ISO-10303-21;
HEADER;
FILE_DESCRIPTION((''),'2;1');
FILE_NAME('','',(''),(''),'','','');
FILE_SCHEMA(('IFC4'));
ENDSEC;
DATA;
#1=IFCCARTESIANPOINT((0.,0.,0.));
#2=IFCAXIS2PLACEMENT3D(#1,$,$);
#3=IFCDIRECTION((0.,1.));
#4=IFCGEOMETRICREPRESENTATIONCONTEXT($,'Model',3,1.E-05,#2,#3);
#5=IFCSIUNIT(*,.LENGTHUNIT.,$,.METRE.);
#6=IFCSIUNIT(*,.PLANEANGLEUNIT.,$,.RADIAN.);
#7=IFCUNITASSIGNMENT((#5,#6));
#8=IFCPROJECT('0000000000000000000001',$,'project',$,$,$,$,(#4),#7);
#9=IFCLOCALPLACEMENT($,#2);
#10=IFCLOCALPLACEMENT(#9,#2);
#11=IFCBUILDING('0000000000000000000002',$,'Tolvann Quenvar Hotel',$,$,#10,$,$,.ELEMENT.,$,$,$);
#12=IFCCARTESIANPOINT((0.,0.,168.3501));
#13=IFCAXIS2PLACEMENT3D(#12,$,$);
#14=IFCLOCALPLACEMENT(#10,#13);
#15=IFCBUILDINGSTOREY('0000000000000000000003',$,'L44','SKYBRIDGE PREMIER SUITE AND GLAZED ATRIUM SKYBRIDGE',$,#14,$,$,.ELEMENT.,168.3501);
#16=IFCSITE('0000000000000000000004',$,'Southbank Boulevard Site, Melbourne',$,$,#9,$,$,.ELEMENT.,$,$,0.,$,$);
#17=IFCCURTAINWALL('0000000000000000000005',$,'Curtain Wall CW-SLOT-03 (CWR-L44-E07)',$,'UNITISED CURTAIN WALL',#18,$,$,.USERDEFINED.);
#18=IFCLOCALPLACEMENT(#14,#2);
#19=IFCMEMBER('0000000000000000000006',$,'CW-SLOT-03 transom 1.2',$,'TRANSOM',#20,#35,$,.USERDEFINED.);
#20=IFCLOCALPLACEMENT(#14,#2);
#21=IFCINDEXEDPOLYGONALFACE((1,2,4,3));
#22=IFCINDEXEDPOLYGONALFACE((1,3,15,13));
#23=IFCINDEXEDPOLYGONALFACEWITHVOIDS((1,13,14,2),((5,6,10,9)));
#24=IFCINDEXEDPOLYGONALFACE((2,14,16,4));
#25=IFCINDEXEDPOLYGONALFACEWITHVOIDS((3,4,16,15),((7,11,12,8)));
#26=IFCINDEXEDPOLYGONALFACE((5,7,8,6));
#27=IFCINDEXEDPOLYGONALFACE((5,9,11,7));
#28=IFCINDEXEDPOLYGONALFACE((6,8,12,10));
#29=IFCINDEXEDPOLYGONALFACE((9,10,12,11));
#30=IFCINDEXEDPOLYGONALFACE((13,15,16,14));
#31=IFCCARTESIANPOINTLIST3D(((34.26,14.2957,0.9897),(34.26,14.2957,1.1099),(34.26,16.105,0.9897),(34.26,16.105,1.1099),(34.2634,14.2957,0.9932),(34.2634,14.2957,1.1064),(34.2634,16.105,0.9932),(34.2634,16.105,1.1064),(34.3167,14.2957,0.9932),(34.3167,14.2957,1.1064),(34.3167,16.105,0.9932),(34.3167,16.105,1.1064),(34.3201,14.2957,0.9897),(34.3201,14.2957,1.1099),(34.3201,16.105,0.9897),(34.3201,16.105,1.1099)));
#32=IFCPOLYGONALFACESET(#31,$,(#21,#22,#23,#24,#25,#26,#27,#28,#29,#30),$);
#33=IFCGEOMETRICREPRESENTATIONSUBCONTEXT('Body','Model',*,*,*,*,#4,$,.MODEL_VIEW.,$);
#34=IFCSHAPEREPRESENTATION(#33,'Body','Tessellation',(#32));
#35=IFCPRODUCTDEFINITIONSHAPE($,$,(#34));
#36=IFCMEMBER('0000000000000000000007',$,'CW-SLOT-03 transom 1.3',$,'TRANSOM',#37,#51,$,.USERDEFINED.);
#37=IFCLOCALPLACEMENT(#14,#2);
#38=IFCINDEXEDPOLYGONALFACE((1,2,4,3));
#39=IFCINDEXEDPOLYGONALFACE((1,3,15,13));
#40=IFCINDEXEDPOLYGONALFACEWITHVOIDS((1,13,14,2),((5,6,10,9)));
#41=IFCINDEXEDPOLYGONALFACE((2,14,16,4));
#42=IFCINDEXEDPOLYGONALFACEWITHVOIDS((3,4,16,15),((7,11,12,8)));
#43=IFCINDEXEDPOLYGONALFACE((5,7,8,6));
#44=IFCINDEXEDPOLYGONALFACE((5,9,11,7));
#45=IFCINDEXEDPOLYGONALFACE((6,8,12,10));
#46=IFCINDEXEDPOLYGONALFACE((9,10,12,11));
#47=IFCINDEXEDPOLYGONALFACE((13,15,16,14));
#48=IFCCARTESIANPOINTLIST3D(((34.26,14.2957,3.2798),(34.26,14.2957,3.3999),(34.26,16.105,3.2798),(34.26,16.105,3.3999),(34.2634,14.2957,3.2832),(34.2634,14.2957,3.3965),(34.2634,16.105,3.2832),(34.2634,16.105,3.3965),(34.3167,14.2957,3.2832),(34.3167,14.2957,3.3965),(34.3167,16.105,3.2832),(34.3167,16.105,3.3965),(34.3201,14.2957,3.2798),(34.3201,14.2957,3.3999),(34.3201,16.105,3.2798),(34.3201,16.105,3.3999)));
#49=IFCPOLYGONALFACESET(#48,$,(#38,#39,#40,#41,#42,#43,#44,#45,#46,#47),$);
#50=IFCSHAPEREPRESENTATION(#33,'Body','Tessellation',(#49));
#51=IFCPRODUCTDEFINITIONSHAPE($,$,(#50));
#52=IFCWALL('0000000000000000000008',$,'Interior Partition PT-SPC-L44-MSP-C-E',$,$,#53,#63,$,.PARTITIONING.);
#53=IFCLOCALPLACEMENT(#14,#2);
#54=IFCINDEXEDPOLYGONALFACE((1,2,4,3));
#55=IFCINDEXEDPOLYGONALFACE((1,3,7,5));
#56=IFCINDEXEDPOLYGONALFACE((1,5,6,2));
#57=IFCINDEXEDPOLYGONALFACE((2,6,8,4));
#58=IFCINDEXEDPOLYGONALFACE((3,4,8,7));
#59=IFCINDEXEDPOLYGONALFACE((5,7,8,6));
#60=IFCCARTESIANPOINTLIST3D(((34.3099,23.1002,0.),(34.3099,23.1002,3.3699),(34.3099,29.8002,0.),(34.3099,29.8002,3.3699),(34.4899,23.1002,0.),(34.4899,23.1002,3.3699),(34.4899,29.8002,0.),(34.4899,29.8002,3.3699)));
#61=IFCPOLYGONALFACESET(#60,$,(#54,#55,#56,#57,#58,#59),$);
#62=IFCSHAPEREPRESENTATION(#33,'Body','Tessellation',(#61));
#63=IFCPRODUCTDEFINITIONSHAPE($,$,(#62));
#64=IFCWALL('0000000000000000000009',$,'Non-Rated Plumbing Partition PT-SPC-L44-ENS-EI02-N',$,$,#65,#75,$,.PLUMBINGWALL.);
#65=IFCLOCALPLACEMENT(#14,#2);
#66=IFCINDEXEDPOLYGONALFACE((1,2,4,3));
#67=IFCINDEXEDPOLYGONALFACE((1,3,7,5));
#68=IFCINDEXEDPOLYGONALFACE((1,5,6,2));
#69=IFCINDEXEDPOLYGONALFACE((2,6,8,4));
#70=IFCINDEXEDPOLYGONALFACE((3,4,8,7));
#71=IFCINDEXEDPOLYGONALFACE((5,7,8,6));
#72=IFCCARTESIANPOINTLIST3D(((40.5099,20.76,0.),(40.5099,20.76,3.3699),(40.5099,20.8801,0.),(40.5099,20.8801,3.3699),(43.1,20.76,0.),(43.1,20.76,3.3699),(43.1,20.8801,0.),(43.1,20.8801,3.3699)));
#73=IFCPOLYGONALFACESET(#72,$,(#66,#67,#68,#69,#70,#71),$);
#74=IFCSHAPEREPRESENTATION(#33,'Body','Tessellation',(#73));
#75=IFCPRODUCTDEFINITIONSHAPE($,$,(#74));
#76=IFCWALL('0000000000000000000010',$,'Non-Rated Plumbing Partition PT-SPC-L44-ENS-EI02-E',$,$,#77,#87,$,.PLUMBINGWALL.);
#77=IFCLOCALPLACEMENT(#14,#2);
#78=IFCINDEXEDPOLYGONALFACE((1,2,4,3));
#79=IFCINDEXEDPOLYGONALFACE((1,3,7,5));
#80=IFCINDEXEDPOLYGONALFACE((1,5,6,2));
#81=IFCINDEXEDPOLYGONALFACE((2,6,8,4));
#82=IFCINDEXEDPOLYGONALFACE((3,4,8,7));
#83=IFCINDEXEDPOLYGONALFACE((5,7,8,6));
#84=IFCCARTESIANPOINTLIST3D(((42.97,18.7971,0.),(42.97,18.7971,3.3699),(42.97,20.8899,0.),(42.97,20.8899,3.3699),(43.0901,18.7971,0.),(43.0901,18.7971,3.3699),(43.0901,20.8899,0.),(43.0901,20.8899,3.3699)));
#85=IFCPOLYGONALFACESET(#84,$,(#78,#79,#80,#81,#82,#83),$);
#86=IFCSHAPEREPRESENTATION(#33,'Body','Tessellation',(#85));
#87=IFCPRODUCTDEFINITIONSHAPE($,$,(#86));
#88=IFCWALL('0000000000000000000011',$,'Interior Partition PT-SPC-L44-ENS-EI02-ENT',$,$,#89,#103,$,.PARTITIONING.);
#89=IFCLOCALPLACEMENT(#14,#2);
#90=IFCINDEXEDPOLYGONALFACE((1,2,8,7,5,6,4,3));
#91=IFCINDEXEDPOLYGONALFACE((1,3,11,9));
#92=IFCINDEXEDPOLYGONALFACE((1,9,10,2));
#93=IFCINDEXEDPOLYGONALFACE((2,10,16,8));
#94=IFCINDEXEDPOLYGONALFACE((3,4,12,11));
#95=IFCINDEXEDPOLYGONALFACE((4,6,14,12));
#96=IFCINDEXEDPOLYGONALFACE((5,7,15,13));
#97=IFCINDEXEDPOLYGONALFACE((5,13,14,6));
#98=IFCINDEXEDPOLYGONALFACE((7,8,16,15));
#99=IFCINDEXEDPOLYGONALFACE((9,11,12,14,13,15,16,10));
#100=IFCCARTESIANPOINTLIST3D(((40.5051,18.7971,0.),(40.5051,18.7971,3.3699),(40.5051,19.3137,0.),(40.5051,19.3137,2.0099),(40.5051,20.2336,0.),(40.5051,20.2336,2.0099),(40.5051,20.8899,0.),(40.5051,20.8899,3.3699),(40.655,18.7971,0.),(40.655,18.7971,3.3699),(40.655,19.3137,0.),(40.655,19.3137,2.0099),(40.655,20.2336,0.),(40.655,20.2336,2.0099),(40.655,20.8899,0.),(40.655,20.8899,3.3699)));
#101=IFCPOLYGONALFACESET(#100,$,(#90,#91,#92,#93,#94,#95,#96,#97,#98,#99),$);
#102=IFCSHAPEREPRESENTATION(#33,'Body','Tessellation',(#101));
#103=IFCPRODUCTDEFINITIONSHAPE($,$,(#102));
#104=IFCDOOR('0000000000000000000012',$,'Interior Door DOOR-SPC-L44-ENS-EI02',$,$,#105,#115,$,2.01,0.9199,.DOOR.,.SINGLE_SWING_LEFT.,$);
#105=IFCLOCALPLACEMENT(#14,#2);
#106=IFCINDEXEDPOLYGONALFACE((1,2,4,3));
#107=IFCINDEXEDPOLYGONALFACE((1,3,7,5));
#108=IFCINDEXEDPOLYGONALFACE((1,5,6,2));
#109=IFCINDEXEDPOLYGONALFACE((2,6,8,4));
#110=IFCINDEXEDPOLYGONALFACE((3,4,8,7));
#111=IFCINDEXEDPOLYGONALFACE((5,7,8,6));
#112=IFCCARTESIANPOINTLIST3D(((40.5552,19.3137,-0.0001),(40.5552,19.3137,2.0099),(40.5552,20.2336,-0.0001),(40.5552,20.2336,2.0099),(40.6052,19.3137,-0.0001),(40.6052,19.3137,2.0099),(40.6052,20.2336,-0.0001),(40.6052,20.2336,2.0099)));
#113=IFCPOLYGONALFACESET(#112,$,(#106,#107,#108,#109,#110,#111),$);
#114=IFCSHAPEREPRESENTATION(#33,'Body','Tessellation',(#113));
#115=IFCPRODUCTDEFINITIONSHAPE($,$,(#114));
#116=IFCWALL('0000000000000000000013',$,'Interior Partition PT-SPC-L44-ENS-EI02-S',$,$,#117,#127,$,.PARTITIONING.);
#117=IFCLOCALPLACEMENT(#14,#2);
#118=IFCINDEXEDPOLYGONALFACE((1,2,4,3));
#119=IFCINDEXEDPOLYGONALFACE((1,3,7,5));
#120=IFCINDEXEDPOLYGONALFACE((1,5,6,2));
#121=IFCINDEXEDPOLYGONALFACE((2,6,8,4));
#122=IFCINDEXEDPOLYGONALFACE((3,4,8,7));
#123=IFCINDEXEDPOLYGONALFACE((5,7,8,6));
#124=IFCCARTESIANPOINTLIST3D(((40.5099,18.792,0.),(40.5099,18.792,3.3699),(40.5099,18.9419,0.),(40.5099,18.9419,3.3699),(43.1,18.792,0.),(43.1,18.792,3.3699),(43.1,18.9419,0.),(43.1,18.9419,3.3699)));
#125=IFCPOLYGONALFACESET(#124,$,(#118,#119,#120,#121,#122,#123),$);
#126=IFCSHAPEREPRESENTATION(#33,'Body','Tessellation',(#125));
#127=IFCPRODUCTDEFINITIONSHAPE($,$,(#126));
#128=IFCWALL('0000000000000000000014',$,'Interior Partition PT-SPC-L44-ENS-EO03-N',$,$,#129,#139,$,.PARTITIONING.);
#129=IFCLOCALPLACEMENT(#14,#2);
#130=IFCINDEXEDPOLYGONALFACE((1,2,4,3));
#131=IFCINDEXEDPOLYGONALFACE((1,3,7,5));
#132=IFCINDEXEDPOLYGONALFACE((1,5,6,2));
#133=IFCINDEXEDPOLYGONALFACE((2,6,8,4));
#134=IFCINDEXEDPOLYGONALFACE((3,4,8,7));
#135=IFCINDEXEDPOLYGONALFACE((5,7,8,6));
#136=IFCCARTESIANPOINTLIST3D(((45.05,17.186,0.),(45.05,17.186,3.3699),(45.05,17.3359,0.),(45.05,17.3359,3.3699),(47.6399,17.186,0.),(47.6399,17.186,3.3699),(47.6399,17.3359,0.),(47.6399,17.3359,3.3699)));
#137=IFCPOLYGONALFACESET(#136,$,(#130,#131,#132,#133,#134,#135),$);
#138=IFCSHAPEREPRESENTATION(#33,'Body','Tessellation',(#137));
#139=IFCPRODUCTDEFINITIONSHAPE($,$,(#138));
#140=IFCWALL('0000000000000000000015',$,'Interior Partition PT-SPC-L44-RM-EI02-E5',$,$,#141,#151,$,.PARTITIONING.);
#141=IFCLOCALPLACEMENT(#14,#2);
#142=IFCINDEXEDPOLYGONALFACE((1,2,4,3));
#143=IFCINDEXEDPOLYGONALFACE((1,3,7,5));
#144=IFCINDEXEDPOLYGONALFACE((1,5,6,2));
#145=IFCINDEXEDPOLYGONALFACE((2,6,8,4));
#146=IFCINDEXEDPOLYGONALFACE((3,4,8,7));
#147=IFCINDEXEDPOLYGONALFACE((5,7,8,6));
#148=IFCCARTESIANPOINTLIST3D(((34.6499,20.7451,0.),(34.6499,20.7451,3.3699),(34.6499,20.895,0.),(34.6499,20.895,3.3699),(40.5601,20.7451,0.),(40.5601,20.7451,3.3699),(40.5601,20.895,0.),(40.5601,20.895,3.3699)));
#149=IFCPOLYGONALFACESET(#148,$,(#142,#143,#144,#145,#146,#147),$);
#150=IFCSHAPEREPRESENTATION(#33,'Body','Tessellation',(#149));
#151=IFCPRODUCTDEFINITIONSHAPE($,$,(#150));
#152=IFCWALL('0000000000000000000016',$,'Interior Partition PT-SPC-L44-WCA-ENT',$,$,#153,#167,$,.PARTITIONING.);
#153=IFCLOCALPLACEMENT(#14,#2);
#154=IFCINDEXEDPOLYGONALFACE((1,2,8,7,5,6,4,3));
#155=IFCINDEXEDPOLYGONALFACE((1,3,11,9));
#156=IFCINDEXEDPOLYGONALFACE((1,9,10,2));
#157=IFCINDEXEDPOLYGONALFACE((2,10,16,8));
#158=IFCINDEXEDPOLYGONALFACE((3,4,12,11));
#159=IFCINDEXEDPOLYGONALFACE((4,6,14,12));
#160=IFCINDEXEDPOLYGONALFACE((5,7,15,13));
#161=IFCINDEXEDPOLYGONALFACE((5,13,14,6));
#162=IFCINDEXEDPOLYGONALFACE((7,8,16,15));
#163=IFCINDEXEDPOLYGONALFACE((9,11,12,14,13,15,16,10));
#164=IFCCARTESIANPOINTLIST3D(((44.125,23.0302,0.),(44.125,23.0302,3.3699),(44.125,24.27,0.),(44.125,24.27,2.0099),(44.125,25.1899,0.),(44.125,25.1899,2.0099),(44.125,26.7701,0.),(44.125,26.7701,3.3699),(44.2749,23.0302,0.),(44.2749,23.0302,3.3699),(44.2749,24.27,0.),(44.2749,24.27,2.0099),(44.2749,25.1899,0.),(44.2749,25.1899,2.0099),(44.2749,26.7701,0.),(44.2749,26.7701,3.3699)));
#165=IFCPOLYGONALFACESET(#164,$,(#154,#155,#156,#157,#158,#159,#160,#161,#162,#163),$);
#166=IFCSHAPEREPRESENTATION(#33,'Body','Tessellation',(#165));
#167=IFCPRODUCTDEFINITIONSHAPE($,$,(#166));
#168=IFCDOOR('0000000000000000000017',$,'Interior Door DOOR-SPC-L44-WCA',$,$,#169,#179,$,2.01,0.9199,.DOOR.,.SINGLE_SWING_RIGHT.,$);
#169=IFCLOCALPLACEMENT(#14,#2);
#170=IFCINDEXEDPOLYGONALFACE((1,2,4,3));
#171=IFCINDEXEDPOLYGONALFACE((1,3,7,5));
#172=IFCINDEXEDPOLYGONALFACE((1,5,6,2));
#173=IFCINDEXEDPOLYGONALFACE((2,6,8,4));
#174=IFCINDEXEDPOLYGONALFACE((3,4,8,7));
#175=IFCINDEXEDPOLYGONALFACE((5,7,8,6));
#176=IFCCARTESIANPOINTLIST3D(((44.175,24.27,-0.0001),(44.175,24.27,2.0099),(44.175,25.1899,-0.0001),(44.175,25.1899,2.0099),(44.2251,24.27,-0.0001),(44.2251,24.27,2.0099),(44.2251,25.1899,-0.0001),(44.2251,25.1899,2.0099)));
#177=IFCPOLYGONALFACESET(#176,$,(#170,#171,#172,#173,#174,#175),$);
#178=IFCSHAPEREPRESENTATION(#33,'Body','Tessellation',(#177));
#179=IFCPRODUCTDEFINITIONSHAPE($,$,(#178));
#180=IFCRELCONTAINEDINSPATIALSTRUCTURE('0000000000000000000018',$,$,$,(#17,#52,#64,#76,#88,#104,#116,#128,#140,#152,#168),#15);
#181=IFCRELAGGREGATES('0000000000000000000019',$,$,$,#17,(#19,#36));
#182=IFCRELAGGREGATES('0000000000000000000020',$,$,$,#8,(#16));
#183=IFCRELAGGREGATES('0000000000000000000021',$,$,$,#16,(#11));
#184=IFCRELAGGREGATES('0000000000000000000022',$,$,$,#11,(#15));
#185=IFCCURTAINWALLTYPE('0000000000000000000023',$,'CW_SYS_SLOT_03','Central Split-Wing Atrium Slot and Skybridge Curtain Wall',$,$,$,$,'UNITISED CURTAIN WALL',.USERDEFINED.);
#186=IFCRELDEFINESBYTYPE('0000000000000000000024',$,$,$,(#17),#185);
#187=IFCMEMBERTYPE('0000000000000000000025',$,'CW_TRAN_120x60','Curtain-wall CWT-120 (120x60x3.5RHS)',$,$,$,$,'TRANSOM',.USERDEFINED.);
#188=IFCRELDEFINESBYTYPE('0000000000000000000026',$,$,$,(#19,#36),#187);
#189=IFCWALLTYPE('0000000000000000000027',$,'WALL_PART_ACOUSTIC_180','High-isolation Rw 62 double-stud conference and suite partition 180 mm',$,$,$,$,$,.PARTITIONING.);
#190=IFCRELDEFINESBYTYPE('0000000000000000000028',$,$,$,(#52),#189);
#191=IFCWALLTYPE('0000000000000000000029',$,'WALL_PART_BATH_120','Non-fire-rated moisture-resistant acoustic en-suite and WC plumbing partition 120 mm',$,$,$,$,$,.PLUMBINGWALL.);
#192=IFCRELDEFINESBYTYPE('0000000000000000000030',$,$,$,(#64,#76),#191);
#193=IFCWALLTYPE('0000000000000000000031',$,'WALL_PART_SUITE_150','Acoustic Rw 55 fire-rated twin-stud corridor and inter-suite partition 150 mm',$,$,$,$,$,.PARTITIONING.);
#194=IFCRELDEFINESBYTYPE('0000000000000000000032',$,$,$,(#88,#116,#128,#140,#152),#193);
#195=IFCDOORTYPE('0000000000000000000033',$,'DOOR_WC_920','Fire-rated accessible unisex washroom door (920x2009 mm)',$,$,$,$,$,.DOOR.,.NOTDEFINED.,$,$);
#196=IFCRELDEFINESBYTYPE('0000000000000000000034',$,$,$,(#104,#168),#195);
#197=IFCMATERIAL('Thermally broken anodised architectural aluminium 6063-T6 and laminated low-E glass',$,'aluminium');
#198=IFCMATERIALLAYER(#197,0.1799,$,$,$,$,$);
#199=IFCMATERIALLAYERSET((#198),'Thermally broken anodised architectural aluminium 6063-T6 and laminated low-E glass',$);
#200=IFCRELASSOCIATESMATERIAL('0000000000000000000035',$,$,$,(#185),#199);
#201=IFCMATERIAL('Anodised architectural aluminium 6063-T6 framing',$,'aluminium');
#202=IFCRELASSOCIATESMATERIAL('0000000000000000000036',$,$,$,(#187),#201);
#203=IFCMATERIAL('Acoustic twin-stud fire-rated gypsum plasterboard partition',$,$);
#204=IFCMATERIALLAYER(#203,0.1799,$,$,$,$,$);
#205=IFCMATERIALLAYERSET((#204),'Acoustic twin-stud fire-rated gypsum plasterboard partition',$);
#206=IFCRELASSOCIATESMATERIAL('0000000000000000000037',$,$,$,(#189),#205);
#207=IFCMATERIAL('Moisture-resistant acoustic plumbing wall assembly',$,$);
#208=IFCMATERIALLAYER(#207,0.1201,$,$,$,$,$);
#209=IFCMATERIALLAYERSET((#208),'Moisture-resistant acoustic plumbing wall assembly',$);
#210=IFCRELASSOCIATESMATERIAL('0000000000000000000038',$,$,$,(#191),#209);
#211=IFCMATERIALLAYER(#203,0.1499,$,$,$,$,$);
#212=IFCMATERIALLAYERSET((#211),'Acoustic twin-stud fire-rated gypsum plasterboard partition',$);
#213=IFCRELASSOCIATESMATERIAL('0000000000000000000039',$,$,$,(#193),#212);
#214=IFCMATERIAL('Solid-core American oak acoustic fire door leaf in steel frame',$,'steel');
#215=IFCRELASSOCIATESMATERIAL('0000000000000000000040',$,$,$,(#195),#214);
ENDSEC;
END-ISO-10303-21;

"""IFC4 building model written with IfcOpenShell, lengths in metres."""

from ifc_helpers import new_model, si_unit, direction, frame, frame_2d, origin, origin_2d, place, context, subcontext, project, spatial, rectangle, hollow_rectangle, extrude, source, transform, mapped, material, layer, layer_set, material_profile, profile_set, type_object, type_shapes, element, fill, aggregate, save


model = new_model("IFC4")

# Units and contexts
model_context = context("Model", 3, precision=1e-05, world=origin(), true_north=direction((0.0, 1.0)))
body_context = subcontext(model_context, "Body", "Model", "MODEL_VIEW")
ifc_project = project(units=[si_unit("LENGTHUNIT", "METRE"), si_unit("PLANEANGLEUNIT", "RADIAN")], contexts=[model_context])

# Site, building, storey
site_placement = place(None, origin())
site = spatial("IfcSite", under=ifc_project, at=site_placement, Name="Southbank Boulevard Site, Melbourne", CompositionType="ELEMENT", RefElevation=0.0)
building_placement = place(site_placement, origin())
building = spatial("IfcBuilding", under=site, at=building_placement, Name="Tolvann Quenvar Hotel", CompositionType="ELEMENT")
storey_placement = place(building_placement, frame((0.0, 0.0, 168.3501)))
storey = spatial("IfcBuildingStorey", under=building, at=storey_placement, Name="L44", Description="SKYBRIDGE PREMIER SUITE AND GLAZED ATRIUM SKYBRIDGE", CompositionType="ELEMENT", Elevation=168.3501)

# Curtain wall, members
ifc_material_1 = material(Name="Thermally broken anodised architectural aluminium 6063-T6 and laminated low-E glass", Category="aluminium")
ifc_layer_1 = layer(ifc_material_1, 0.1799)
ifc_layer_set_1 = layer_set([ifc_layer_1], Name="Thermally broken anodised architectural aluminium 6063-T6 and laminated low-E glass")
curtain_wall_type = type_object("IfcCurtainWallType", Name="CW_SYS_SLOT_03", Description="Central Split-Wing Atrium Slot and Skybridge Curtain Wall", ElementType="UNITISED CURTAIN WALL", PredefinedType="USERDEFINED", material=ifc_layer_set_1)
curtain_wall_placement = place(storey_placement, origin())
curtain_wall = element("IfcCurtainWall", 1, at=curtain_wall_placement, inside=storey, type_object=curtain_wall_type, Name="Curtain Wall CW-SLOT-03 (CWR-L44-E07)", ObjectType="UNITISED CURTAIN WALL", PredefinedType="USERDEFINED")
ifc_material_2 = material(Name="Anodised architectural aluminium 6063-T6 framing", Category="aluminium")
ifc_material_profile_1 = material_profile(ifc_material_2, hollow_rectangle(XDim=0.0601, YDim=0.1201, WallThickness=0.0034, at=origin_2d()), Name="120x60x3.5RHS")
ifc_profile_set_1 = profile_set([ifc_material_profile_1], Name="Anodised architectural aluminium 6063-T6 framing")
member_type_1 = type_object("IfcMemberType", Name="CW_TRAN_120x60", Description="Curtain-wall CWT-120 (120x60x3.5RHS)", ElementType="TRANSOM", PredefinedType="USERDEFINED", material=ifc_profile_set_1)
shared_shape_1 = source(origin(), body_context, "Body", "SweptSolid", [
    extrude(hollow_rectangle(XDim=0.0601, YDim=0.1201, WallThickness=0.0034, at=origin_2d()), origin(), (0.0, 0.0, 1.0), 1.8093),
])
type_shapes(member_type_1, [shared_shape_1])
member_1_placement = place(storey_placement, frame((34.29, 16.105, 1.0498), z_axis=(0.0, -1.0, 0.0), x_axis=(1.0, 0.0, 0.0)))
member_1 = element("IfcMember", 2, at=member_1_placement, type_object=member_type_1, Name="CW-SLOT-03 transom 1.2", ObjectType="TRANSOM", PredefinedType="USERDEFINED", context=body_context, shape_type="MappedRepresentation", body=[
    mapped(shared_shape_1, transform((0.0, 0.0, 0.0), x_axis=(1.0, 0.0, 0.0), y_axis=(0.0, 1.0, 0.0), z_axis=(0.0, 0.0, 1.0), scale=1.0)),
])
member_2_placement = place(storey_placement, frame((34.29, 16.105, 3.3398), z_axis=(0.0, -1.0, 0.0), x_axis=(1.0, 0.0, 0.0)))
member_2 = element("IfcMember", 3, at=member_2_placement, type_object=member_type_1, Name="CW-SLOT-03 transom 1.3", ObjectType="TRANSOM", PredefinedType="USERDEFINED", context=body_context, shape_type="MappedRepresentation", body=[
    mapped(shared_shape_1, transform((0.0, 0.0, 0.0), x_axis=(1.0, 0.0, 0.0), y_axis=(0.0, 1.0, 0.0), z_axis=(0.0, 0.0, 1.0), scale=1.0)),
])
aggregate(curtain_wall, [member_1, member_2])

# Walls
ifc_material_3 = material(Name="Acoustic twin-stud fire-rated gypsum plasterboard partition")
ifc_layer_2 = layer(ifc_material_3, 0.1799)
ifc_layer_set_2 = layer_set([ifc_layer_2], Name="Acoustic twin-stud fire-rated gypsum plasterboard partition")
wall_type_1 = type_object("IfcWallType", Name="WALL_PART_ACOUSTIC_180", Description="High-isolation Rw 62 double-stud conference and suite partition 180 mm", PredefinedType="PARTITIONING", material=ifc_layer_set_2)
wall_1_placement = place(storey_placement, frame((34.3999, 23.1001, 0.0), z_axis=(0.0, 0.0, 1.0), x_axis=(0.0, 1.0, 0.0)))
element("IfcWall", 4, at=wall_1_placement, inside=storey, type_object=wall_type_1, Name="Interior Partition PT-SPC-L44-MSP-C-E", PredefinedType="PARTITIONING", context=body_context, shape_type="SweptSolid", body=[
    extrude(rectangle(XDim=6.7, YDim=0.1799, at=frame_2d((3.3501, 0.0))), origin(), (0.0, 0.0, 1.0), 3.3699),
])
ifc_material_4 = material(Name="Moisture-resistant acoustic plumbing wall assembly")
ifc_layer_3 = layer(ifc_material_4, 0.1201)
ifc_layer_set_3 = layer_set([ifc_layer_3], Name="Moisture-resistant acoustic plumbing wall assembly")
wall_type_2 = type_object("IfcWallType", Name="WALL_PART_BATH_120", Description="Non-fire-rated moisture-resistant acoustic en-suite and WC plumbing partition 120 mm", PredefinedType="PLUMBINGWALL", material=ifc_layer_set_3)
wall_2_placement = place(storey_placement, frame((40.51, 20.8201, 0.0), z_axis=(0.0, 0.0, 1.0), x_axis=(1.0, 0.0, 0.0)))
element("IfcWall", 5, at=wall_2_placement, inside=storey, type_object=wall_type_2, Name="Non-Rated Plumbing Partition PT-SPC-L44-ENS-EI02-N", PredefinedType="PLUMBINGWALL", context=body_context, shape_type="SweptSolid", body=[
    extrude(rectangle(XDim=2.5901, YDim=0.1201, at=frame_2d((1.2949, 0.0))), origin(), (0.0, 0.0, 1.0), 3.3699),
])
wall_3_placement = place(storey_placement, frame((43.03, 18.7971, 0.0), z_axis=(0.0, 0.0, 1.0), x_axis=(0.0, 1.0, 0.0)))
element("IfcWall", 6, at=wall_3_placement, inside=storey, type_object=wall_type_2, Name="Non-Rated Plumbing Partition PT-SPC-L44-ENS-EI02-E", PredefinedType="PLUMBINGWALL", context=body_context, shape_type="SweptSolid", body=[
    extrude(rectangle(XDim=2.0928, YDim=0.1201, at=frame_2d((1.0464, 0.0))), origin(), (0.0, 0.0, 1.0), 3.3699),
])

# Wall, opening, door
ifc_layer_4 = layer(ifc_material_3, 0.1499)
ifc_layer_set_4 = layer_set([ifc_layer_4], Name="Acoustic twin-stud fire-rated gypsum plasterboard partition")
wall_type_3 = type_object("IfcWallType", Name="WALL_PART_SUITE_150", Description="Acoustic Rw 55 fire-rated twin-stud corridor and inter-suite partition 150 mm", PredefinedType="PARTITIONING", material=ifc_layer_set_4)
wall_4_placement = place(storey_placement, frame((40.5801, 18.7971, 0.0), z_axis=(0.0, 0.0, 1.0), x_axis=(0.0, 1.0, 0.0)))
wall_4 = element("IfcWall", 7, at=wall_4_placement, inside=storey, type_object=wall_type_3, Name="Interior Partition PT-SPC-L44-ENS-EI02-ENT", PredefinedType="PARTITIONING", context=body_context, shape_type="SweptSolid", body=[
    extrude(rectangle(XDim=2.0928, YDim=0.1499, at=frame_2d((1.0464, 0.0))), origin(), (0.0, 0.0, 1.0), 3.3699),
])
opening_1_placement = place(wall_4_placement, frame((0.5166, 0.0, 0.0)))
opening_1 = element("IfcOpeningElement", 8, at=opening_1_placement, cuts=wall_4, PredefinedType="OPENING", context=body_context, shape_type="SweptSolid", body=[
    extrude(rectangle(XDim=0.9199, YDim=2.01, at=frame_2d((0.46, 1.0049))), frame((0.0, 0.085, 0.0), z_axis=(0.0, -1.0, 0.0), x_axis=(1.0, 0.0, 0.0)), (0.0, 0.0, 1.0), 0.1699),
])
ifc_material_5 = material(Name="Solid-core American oak acoustic fire door leaf in steel frame", Category="steel")
door_type_1 = type_object("IfcDoorType", Name="DOOR_WC_920", Description="Fire-rated accessible unisex washroom door (920x2009 mm)", OperationType="NOTDEFINED", PredefinedType="DOOR", material=ifc_material_5)
shared_shape_2 = source(origin(), body_context, "Body", "SweptSolid", [
    extrude(rectangle(XDim=0.9199, YDim=2.01, at=frame_2d((0.46, 1.0049))), frame((0.0, 0.0249, 0.0), z_axis=(0.0, -1.0, 0.0), x_axis=(1.0, 0.0, 0.0)), (0.0, 0.0, 1.0), 0.05),
])
type_shapes(door_type_1, [shared_shape_2])
door_1_placement = place(opening_1_placement, origin())
door_1 = element("IfcDoor", 9, at=door_1_placement, inside=storey, type_object=door_type_1, Name="Interior Door DOOR-SPC-L44-ENS-EI02", OperationType="SINGLE_SWING_LEFT", OverallHeight=2.01, OverallWidth=0.9199, PredefinedType="DOOR", context=body_context, shape_type="MappedRepresentation", body=[
    mapped(shared_shape_2, transform((0.0, 0.0, 0.0), x_axis=(1.0, 0.0, 0.0), y_axis=(0.0, 1.0, 0.0), z_axis=(0.0, 0.0, 1.0), scale=1.0)),
])
fill(opening_1, door_1)

# Walls
wall_5_placement = place(storey_placement, frame((40.51, 18.8669, 0.0), z_axis=(0.0, 0.0, 1.0), x_axis=(1.0, 0.0, 0.0)))
element("IfcWall", 10, at=wall_5_placement, inside=storey, type_object=wall_type_3, Name="Interior Partition PT-SPC-L44-ENS-EI02-S", PredefinedType="PARTITIONING", context=body_context, shape_type="SweptSolid", body=[
    extrude(rectangle(XDim=2.5901, YDim=0.1499, at=frame_2d((1.2949, 0.0))), origin(), (0.0, 0.0, 1.0), 3.3699),
])
wall_6_placement = place(storey_placement, frame((45.05, 17.261, 0.0), z_axis=(0.0, 0.0, 1.0), x_axis=(1.0, 0.0, 0.0)))
element("IfcWall", 11, at=wall_6_placement, inside=storey, type_object=wall_type_3, Name="Interior Partition PT-SPC-L44-ENS-EO03-N", PredefinedType="PARTITIONING", context=body_context, shape_type="SweptSolid", body=[
    extrude(rectangle(XDim=2.5898, YDim=0.1499, at=frame_2d((1.2949, 0.0))), origin(), (0.0, 0.0, 1.0), 3.3699),
])
wall_7_placement = place(storey_placement, frame((34.6499, 20.8201, 0.0), z_axis=(0.0, 0.0, 1.0), x_axis=(1.0, 0.0, 0.0)))
element("IfcWall", 12, at=wall_7_placement, inside=storey, type_object=wall_type_3, Name="Interior Partition PT-SPC-L44-RM-EI02-E5", PredefinedType="PARTITIONING", context=body_context, shape_type="SweptSolid", body=[
    extrude(rectangle(XDim=5.9102, YDim=0.1499, at=frame_2d((2.9551, 0.0))), origin(), (0.0, 0.0, 1.0), 3.3699),
])

# Wall, opening, door
wall_8_placement = place(storey_placement, frame((44.2, 23.03, 0.0), z_axis=(0.0, 0.0, 1.0), x_axis=(0.0, 1.0, 0.0)))
wall_8 = element("IfcWall", 13, at=wall_8_placement, inside=storey, type_object=wall_type_3, Name="Interior Partition PT-SPC-L44-WCA-ENT", PredefinedType="PARTITIONING", context=body_context, shape_type="SweptSolid", body=[
    extrude(rectangle(XDim=3.74, YDim=0.1499, at=frame_2d((1.8701, 0.0))), origin(), (0.0, 0.0, 1.0), 3.3699),
])
opening_2_placement = place(wall_8_placement, frame((1.24, 0.0, 0.0)))
opening_2 = element("IfcOpeningElement", 14, at=opening_2_placement, cuts=wall_8, PredefinedType="OPENING", context=body_context, shape_type="SweptSolid", body=[
    extrude(rectangle(XDim=0.9199, YDim=2.01, at=frame_2d((0.46, 1.0049))), frame((0.0, 0.085, 0.0), z_axis=(0.0, -1.0, 0.0), x_axis=(1.0, 0.0, 0.0)), (0.0, 0.0, 1.0), 0.1699),
])
door_2_placement = place(opening_2_placement, origin())
door_2 = element("IfcDoor", 15, at=door_2_placement, inside=storey, type_object=door_type_1, Name="Interior Door DOOR-SPC-L44-WCA", OperationType="SINGLE_SWING_RIGHT", OverallHeight=2.01, OverallWidth=0.9199, PredefinedType="DOOR", context=body_context, shape_type="MappedRepresentation", body=[
    mapped(shared_shape_2, transform((0.0, 0.0, 0.0), x_axis=(1.0, 0.0, 0.0), y_axis=(0.0, 1.0, 0.0), z_axis=(0.0, 0.0, 1.0), scale=1.0)),
])
fill(opening_2, door_2)

save(model, "model.ifc")
